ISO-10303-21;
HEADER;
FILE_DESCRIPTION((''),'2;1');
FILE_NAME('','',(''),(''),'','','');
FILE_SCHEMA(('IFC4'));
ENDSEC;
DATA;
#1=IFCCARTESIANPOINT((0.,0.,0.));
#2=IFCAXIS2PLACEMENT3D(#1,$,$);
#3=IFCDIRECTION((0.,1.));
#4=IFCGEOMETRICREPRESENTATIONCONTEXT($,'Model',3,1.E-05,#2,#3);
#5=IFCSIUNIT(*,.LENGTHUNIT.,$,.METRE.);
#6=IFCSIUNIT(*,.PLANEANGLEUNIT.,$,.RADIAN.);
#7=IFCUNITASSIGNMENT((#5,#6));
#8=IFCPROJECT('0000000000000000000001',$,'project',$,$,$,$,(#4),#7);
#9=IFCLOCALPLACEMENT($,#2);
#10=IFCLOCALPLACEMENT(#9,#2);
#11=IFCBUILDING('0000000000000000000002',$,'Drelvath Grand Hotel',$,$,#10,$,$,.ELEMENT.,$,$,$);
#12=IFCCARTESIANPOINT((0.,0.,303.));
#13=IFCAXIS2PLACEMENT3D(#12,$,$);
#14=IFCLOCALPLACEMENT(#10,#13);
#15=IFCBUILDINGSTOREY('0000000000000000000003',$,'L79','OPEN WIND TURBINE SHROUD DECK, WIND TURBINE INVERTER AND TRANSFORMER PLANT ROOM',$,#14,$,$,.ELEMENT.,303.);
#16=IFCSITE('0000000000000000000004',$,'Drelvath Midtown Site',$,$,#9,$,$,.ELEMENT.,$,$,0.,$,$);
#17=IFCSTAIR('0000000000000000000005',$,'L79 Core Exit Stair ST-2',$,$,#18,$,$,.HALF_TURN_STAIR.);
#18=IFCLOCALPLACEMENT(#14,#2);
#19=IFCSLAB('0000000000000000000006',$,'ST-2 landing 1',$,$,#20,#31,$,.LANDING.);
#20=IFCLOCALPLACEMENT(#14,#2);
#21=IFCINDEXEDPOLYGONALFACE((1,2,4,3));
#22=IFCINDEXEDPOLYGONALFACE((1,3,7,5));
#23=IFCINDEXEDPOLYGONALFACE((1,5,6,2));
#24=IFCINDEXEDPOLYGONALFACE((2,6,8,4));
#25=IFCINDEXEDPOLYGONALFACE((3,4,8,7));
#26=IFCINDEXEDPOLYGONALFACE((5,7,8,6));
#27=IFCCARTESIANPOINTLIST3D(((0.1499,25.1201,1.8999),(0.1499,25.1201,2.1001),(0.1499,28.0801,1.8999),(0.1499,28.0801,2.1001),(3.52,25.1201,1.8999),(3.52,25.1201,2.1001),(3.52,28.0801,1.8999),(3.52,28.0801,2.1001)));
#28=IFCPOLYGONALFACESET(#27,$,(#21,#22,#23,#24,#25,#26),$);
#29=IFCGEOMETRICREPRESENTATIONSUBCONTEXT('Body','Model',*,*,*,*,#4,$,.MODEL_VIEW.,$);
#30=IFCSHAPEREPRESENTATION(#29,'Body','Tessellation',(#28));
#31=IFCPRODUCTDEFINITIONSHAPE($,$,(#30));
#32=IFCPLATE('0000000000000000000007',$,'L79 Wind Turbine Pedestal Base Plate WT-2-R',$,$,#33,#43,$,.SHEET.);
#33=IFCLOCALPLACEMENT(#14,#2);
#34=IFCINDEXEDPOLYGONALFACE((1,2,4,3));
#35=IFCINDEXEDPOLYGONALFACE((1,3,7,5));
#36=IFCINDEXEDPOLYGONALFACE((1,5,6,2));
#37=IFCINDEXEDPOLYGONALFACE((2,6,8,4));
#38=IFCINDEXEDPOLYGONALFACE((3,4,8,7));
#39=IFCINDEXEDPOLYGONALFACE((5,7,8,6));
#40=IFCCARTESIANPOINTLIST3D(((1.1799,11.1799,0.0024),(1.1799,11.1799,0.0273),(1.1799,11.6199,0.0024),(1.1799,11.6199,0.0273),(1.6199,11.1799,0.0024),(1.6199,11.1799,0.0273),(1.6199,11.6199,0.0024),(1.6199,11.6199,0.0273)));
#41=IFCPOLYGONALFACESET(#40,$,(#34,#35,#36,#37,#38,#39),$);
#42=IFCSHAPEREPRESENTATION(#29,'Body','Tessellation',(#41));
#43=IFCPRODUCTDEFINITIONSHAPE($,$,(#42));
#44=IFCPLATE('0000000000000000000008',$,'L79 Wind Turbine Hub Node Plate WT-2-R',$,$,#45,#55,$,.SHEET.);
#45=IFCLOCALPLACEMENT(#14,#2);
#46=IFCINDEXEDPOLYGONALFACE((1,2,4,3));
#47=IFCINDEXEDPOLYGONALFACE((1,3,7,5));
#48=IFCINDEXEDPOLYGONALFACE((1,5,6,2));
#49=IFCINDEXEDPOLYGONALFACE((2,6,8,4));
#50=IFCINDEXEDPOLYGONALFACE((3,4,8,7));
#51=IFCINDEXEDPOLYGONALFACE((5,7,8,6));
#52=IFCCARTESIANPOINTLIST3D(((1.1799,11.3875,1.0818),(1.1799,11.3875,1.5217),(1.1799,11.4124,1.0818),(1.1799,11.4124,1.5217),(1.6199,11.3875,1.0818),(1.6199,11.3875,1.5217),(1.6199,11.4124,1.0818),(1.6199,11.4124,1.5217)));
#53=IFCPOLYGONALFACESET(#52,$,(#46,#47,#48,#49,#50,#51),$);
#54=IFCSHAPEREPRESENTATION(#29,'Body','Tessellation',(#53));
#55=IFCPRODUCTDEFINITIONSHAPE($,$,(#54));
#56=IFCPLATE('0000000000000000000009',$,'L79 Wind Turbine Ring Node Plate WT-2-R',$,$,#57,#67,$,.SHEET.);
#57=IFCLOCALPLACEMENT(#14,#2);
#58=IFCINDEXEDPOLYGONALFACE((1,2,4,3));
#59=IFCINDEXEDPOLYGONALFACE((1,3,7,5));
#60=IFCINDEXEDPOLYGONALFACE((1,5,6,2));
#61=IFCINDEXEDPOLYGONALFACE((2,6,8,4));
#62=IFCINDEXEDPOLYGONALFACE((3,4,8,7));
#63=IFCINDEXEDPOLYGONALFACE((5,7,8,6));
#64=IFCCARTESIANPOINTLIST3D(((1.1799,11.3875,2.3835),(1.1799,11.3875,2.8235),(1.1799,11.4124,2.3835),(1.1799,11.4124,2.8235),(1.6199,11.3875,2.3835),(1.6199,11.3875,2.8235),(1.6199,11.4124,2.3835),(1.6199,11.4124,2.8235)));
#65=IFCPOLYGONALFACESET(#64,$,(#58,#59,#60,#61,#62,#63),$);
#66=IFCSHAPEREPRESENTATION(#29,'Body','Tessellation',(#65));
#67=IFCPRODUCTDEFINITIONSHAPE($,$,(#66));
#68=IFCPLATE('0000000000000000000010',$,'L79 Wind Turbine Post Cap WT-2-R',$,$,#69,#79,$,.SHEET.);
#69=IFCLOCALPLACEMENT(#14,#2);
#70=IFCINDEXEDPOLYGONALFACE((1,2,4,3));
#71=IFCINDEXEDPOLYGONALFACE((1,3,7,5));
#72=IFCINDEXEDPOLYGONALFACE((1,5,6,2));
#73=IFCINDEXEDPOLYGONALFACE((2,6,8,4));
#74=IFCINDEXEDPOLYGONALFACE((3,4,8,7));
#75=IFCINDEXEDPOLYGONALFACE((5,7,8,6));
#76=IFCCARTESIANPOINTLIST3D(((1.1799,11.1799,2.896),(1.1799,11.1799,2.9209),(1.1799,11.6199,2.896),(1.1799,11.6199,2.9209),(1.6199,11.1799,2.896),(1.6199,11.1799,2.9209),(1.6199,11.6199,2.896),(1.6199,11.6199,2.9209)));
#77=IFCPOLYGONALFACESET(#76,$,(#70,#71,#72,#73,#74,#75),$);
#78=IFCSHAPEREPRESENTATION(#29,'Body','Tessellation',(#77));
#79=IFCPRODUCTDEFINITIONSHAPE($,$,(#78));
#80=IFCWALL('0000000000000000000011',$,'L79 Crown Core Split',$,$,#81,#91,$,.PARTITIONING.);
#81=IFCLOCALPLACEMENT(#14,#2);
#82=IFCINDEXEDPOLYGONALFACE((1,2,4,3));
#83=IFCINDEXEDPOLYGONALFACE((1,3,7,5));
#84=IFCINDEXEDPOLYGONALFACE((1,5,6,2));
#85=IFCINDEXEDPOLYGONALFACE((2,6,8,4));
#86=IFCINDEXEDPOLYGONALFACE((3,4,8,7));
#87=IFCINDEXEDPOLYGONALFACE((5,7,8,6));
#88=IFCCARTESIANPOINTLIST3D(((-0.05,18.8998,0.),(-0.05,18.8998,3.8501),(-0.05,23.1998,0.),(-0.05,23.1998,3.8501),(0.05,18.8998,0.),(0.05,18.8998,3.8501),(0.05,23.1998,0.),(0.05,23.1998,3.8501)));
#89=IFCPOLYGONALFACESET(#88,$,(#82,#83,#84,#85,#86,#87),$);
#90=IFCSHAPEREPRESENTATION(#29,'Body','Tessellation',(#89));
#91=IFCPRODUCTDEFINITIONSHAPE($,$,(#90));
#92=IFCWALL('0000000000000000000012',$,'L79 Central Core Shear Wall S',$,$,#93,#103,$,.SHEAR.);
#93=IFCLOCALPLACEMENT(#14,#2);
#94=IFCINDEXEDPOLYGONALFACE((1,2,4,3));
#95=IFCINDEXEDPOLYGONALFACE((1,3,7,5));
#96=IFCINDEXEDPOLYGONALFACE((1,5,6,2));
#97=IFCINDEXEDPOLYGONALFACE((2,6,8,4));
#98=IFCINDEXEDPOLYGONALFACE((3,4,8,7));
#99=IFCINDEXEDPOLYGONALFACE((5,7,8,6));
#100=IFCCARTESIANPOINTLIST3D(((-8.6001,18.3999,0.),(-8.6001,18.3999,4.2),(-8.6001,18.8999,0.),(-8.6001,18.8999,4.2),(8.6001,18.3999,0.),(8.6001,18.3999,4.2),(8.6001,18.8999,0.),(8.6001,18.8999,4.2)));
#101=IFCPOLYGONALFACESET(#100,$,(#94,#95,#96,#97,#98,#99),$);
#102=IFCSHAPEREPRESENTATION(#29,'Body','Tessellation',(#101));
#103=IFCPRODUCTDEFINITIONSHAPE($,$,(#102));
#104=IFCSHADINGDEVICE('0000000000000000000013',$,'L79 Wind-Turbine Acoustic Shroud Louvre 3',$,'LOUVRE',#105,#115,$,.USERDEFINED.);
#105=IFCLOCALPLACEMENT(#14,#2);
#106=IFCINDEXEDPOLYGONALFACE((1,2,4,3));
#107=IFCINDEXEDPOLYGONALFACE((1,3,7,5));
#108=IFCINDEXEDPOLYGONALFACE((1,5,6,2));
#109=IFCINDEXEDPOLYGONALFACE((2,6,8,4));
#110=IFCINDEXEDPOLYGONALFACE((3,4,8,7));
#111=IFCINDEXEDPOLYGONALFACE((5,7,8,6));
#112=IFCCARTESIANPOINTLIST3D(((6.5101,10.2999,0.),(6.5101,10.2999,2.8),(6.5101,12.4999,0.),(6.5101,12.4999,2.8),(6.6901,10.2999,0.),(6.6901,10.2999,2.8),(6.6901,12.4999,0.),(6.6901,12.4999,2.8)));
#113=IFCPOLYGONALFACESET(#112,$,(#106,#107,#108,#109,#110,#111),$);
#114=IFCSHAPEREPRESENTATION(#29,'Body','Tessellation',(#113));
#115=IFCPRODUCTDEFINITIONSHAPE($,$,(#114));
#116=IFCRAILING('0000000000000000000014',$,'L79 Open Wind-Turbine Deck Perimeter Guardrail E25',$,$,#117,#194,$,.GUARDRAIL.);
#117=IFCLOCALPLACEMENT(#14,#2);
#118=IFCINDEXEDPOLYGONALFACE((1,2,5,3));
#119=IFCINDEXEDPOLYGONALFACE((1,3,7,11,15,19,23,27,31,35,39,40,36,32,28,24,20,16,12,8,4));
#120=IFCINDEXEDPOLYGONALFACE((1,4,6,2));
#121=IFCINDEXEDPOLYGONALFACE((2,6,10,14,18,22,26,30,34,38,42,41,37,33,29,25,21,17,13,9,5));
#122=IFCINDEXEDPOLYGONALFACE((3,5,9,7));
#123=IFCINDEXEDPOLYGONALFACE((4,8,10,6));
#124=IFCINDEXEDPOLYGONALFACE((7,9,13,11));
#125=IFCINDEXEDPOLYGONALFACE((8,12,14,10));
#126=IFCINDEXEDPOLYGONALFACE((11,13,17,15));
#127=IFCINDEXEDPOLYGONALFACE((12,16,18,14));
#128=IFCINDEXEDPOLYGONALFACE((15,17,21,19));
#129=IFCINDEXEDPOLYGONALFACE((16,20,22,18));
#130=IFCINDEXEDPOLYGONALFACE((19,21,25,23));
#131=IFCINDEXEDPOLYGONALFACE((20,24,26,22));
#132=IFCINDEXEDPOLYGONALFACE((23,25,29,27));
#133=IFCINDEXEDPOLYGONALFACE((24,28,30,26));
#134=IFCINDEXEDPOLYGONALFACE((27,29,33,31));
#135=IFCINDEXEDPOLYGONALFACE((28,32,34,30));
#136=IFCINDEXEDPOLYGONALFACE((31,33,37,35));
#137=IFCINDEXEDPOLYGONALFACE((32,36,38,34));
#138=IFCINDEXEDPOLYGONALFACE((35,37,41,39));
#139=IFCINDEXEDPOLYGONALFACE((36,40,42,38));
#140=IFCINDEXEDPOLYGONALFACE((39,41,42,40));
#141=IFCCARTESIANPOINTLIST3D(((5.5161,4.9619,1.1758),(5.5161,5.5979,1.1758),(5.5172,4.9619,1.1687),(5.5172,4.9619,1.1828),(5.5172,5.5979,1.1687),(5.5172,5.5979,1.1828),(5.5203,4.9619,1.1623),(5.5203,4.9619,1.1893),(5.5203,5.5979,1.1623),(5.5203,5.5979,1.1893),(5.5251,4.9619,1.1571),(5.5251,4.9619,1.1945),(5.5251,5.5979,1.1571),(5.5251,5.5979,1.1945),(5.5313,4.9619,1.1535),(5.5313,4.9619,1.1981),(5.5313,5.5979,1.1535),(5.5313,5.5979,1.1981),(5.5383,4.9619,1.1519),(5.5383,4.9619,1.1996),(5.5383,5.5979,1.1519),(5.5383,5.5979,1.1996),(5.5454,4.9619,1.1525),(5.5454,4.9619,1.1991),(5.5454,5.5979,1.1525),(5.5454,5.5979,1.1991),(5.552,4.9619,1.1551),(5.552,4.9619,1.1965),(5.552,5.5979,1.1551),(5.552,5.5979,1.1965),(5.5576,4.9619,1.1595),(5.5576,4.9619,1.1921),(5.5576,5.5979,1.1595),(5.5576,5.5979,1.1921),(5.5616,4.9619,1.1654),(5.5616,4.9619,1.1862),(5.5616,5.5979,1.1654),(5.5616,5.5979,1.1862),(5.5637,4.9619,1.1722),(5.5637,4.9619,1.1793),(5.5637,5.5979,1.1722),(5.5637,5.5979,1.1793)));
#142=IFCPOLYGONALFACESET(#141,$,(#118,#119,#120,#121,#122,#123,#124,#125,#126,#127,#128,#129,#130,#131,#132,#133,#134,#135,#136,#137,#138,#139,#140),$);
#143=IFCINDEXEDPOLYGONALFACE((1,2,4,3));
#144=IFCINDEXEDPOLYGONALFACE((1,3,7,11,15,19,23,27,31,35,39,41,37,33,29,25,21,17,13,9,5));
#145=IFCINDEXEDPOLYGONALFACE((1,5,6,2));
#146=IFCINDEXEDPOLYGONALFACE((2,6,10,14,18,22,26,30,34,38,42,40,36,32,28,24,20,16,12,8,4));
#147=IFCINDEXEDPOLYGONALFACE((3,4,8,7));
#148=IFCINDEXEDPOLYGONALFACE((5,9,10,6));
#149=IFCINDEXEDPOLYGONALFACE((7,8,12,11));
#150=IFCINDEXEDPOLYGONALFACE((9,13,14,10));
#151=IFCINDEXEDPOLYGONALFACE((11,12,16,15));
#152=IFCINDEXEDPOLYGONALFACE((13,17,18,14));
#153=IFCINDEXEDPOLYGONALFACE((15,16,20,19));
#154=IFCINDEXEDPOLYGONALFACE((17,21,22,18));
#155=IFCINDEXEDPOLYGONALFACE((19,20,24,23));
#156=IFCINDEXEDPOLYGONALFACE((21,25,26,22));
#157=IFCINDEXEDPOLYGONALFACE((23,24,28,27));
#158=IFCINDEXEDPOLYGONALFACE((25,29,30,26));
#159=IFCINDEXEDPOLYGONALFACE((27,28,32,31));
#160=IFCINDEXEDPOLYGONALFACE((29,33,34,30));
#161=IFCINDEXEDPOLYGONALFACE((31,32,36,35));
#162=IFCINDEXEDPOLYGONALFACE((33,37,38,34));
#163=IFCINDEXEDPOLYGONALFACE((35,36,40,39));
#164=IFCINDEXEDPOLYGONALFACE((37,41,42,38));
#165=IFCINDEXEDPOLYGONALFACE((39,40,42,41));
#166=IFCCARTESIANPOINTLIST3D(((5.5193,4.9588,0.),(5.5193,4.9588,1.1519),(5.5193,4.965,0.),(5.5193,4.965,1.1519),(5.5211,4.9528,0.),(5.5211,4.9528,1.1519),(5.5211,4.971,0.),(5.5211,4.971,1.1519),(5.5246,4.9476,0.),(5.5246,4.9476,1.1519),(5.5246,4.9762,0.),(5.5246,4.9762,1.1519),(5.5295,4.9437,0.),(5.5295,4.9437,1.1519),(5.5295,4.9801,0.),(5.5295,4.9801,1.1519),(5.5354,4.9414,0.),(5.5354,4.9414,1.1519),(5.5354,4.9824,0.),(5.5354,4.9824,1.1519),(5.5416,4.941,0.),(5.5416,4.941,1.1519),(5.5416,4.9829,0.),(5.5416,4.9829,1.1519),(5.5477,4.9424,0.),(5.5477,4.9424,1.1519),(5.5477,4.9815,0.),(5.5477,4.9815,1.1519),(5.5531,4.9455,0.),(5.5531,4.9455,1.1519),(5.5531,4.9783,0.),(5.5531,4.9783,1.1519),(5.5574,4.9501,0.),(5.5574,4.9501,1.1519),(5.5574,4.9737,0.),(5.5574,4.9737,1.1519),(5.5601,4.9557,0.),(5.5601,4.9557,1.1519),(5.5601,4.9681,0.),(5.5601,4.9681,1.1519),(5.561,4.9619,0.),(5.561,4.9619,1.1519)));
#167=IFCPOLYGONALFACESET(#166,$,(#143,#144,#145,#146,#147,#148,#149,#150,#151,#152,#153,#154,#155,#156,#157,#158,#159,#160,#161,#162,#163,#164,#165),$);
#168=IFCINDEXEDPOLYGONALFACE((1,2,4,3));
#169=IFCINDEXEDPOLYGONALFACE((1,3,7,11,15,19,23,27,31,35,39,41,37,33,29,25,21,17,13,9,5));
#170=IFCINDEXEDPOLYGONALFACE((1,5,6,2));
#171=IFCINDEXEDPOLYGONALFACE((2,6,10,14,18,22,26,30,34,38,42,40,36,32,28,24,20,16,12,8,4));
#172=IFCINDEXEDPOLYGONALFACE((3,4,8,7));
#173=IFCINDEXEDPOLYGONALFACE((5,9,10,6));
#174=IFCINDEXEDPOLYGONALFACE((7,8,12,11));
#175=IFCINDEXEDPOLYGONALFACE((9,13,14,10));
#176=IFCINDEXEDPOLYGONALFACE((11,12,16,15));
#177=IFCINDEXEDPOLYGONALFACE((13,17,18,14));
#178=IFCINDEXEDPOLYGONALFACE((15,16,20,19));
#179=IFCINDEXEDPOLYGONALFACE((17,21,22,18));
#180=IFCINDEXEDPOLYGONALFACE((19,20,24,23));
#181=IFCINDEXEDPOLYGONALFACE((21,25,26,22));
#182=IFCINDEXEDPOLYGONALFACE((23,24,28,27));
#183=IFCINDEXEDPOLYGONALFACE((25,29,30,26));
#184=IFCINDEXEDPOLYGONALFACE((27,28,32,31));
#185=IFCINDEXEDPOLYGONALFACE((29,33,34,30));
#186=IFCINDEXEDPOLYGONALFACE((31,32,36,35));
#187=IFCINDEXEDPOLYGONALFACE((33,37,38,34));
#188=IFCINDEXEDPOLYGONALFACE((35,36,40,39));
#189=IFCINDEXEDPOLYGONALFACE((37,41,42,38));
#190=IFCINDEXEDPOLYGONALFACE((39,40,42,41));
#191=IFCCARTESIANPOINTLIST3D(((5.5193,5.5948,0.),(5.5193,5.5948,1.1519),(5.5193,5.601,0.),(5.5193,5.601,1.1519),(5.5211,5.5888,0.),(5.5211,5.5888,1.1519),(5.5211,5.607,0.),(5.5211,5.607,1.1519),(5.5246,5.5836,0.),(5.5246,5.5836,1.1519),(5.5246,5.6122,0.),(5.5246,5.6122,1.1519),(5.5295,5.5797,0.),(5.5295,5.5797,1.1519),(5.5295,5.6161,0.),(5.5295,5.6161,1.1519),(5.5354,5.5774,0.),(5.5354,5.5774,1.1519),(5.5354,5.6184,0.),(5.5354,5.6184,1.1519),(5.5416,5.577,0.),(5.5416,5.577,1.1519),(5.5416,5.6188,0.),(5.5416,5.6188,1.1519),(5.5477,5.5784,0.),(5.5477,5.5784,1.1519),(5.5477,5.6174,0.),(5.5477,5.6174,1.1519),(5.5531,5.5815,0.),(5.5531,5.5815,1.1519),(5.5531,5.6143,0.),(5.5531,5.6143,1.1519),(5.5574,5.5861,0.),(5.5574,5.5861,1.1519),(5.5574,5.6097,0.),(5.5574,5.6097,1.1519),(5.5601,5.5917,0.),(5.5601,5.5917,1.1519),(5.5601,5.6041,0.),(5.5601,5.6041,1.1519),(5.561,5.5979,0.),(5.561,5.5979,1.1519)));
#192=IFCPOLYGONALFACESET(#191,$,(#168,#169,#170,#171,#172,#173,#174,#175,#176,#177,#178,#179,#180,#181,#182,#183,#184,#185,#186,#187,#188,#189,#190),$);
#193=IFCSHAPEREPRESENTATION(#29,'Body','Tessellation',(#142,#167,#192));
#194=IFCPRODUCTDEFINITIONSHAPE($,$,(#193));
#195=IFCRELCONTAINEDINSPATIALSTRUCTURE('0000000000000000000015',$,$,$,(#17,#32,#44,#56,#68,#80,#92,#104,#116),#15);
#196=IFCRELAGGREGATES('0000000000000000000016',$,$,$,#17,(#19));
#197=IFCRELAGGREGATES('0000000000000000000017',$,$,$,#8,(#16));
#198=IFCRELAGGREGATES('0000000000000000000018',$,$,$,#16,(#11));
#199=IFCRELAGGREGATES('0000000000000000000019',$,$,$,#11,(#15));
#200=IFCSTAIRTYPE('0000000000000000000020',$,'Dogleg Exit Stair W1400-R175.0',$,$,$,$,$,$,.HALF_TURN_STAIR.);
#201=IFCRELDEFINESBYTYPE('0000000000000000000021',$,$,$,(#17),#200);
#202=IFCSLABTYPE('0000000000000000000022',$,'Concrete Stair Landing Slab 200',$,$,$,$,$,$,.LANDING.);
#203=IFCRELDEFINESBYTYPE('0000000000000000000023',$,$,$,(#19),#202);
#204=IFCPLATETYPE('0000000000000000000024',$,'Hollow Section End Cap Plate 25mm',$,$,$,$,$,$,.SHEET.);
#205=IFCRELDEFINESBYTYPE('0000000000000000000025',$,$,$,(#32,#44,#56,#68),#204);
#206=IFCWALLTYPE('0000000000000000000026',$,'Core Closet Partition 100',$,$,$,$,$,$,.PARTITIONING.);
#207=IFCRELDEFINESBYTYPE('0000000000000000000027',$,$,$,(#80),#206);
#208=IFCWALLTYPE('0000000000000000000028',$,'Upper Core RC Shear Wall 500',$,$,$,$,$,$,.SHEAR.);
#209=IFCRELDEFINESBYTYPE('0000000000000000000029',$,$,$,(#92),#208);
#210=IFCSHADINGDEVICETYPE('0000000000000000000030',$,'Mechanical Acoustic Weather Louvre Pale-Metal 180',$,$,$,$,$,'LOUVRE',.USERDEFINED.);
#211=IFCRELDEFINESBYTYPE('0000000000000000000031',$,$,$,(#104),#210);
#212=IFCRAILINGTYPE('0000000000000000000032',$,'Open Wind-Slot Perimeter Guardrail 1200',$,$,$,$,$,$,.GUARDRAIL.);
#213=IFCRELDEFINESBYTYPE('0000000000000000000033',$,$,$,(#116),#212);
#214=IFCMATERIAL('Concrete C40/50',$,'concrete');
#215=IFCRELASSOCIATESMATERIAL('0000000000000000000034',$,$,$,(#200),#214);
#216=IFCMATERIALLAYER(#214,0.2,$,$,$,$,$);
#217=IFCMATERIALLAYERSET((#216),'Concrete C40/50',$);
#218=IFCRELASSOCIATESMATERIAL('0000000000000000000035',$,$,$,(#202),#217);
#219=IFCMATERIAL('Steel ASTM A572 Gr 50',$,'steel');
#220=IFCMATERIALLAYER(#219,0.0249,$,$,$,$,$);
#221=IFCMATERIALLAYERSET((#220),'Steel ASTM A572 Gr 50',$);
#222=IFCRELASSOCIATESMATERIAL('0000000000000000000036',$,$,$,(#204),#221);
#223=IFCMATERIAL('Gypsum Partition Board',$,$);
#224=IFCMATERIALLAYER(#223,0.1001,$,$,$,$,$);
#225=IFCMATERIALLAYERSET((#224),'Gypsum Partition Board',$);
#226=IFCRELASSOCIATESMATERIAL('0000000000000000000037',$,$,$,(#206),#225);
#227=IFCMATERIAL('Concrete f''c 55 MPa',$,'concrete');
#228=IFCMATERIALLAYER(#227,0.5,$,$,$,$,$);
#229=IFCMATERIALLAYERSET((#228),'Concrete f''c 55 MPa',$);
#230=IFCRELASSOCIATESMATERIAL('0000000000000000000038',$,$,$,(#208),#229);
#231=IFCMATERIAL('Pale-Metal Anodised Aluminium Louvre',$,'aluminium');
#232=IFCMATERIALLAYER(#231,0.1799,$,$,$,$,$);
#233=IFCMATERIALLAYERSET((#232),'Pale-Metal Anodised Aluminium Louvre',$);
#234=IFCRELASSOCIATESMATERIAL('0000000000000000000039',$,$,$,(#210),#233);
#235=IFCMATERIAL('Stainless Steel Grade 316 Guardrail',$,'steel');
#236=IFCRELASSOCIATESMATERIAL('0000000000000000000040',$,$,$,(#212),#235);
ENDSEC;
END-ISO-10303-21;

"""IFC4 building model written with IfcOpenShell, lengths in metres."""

from ifc_helpers import new_model, si_unit, direction, frame, frame_2d, origin, origin_2d, place, context, subcontext, project, spatial, polyline, rectangle, circle, outline, extrude, material, layer, layer_set, type_object, element, aggregate, save


model = new_model("IFC4")

# Units and contexts
model_context = context("Model", 3, precision=1e-05, world=origin(), true_north=direction((0.0, 1.0)))
body_context = subcontext(model_context, "Body", "Model", "MODEL_VIEW")
ifc_project = project(units=[si_unit("LENGTHUNIT", "METRE"), si_unit("PLANEANGLEUNIT", "RADIAN")], contexts=[model_context])

# Site, building, storey
site_placement = place(None, origin())
site = spatial("IfcSite", under=ifc_project, at=site_placement, Name="Drelvath Midtown Site", CompositionType="ELEMENT", RefElevation=0.0)
building_placement = place(site_placement, origin())
building = spatial("IfcBuilding", under=site, at=building_placement, Name="Drelvath Grand Hotel", CompositionType="ELEMENT")
storey_placement = place(building_placement, frame((0.0, 0.0, 303.0)))
storey = spatial("IfcBuildingStorey", under=building, at=storey_placement, Name="L79", Description="OPEN WIND TURBINE SHROUD DECK, WIND TURBINE INVERTER AND TRANSFORMER PLANT ROOM", CompositionType="ELEMENT", Elevation=303.0)

# Stair, slab
ifc_material_1 = material(Name="Concrete C40/50", Category="concrete")
stair_type = type_object("IfcStairType", Name="Dogleg Exit Stair W1400-R175.0", PredefinedType="HALF_TURN_STAIR", material=ifc_material_1)
ifc_layer_1 = layer(ifc_material_1, 0.2)
ifc_layer_set_1 = layer_set([ifc_layer_1], Name="Concrete C40/50")
slab_type_1 = type_object("IfcSlabType", Name="Concrete Stair Landing Slab 200", PredefinedType="LANDING", material=ifc_layer_set_1)
stair_1_placement = place(storey_placement, origin())
stair_1 = element("IfcStair", 1, at=stair_1_placement, inside=storey, type_object=stair_type, Name="L79 Core Exit Stair ST-2", PredefinedType="HALF_TURN_STAIR")
slab_1_placement = place(storey_placement, frame((0.0, 0.0, 1.8999)))
slab_1 = element("IfcSlab", 2, at=slab_1_placement, type_object=slab_type_1, Name="ST-2 landing 1", PredefinedType="LANDING", context=body_context, shape_type="SweptSolid", body=[
    extrude(outline(polyline([(3.52, 28.0801), (0.1499, 28.0801), (0.1499, 25.1201), (3.52, 25.1201), (3.52, 28.0801)])), origin(), (0.0, 0.0, 1.0), 0.2002),
])
aggregate(stair_1, [slab_1])

# Plates
ifc_material_2 = material(Name="Steel ASTM A572 Gr 50", Category="steel")
ifc_layer_2 = layer(ifc_material_2, 0.0249)
ifc_layer_set_2 = layer_set([ifc_layer_2], Name="Steel ASTM A572 Gr 50")
plate_type = type_object("IfcPlateType", Name="Hollow Section End Cap Plate 25mm", PredefinedType="SHEET", material=ifc_layer_set_2)
plate_1_placement = place(storey_placement, frame((1.3999, 11.3999, 0.0024), z_axis=(0.0, 0.0, 1.0), x_axis=(1.0, 0.0, 0.0)))
element("IfcPlate", 3, at=plate_1_placement, inside=storey, type_object=plate_type, Name="L79 Wind Turbine Pedestal Base Plate WT-2-R", PredefinedType="SHEET", context=body_context, shape_type="SweptSolid", body=[
    extrude(rectangle(XDim=0.4399, YDim=0.4399, at=origin_2d()), origin(), (0.0, 0.0, 1.0), 0.0249),
])
for number, where, z_axis, x_axis, name in (
    (4, (1.3999, 11.3999, 1.0818), (0.0, 0.0, 1.0), (1.0, 0.0, 0.0), "L79 Wind Turbine Hub Node Plate WT-2-R"),
    (5, (1.3999, 11.3999, 2.3835), (0.0, 0.0, 1.0), (1.0, 0.0, 0.0), "L79 Wind Turbine Ring Node Plate WT-2-R"),
):
    element("IfcPlate", number, at=place(storey_placement, frame(where, z_axis=z_axis, x_axis=x_axis)), inside=storey, type_object=plate_type, Name=name, PredefinedType="SHEET", context=body_context, shape_type="SweptSolid", body=[
        extrude(rectangle(XDim=0.4399, YDim=0.0249, at=origin_2d()), origin(), (0.0, 0.0, 1.0), 0.4399),
    ])
plate_2_placement = place(storey_placement, frame((1.3999, 11.3999, 2.896), z_axis=(0.0, 0.0, 1.0), x_axis=(1.0, 0.0, 0.0)))
element("IfcPlate", 6, at=plate_2_placement, inside=storey, type_object=plate_type, Name="L79 Wind Turbine Post Cap WT-2-R", PredefinedType="SHEET", context=body_context, shape_type="SweptSolid", body=[
    extrude(rectangle(XDim=0.4399, YDim=0.4399, at=origin_2d()), origin(), (0.0, 0.0, 1.0), 0.0249),
])

# Walls
ifc_material_3 = material(Name="Gypsum Partition Board")
ifc_layer_3 = layer(ifc_material_3, 0.1001)
ifc_layer_set_3 = layer_set([ifc_layer_3], Name="Gypsum Partition Board")
wall_type_1 = type_object("IfcWallType", Name="Core Closet Partition 100", PredefinedType="PARTITIONING", material=ifc_layer_set_3)
wall_1_placement = place(storey_placement, frame((0.0, 18.8999, 0.0), z_axis=(0.0, 0.0, 1.0), x_axis=(0.0, 1.0, 0.0)))
element("IfcWall", 7, at=wall_1_placement, inside=storey, type_object=wall_type_1, Name="L79 Crown Core Split", PredefinedType="PARTITIONING", context=body_context, shape_type="SweptSolid", body=[
    extrude(rectangle(XDim=4.3, YDim=0.1001, at=frame_2d((2.1499, 0.0))), origin(), (0.0, 0.0, 1.0), 3.8501),
])
ifc_material_4 = material(Name="Concrete f'c 55 MPa", Category="concrete")
ifc_layer_4 = layer(ifc_material_4, 0.5)
ifc_layer_set_4 = layer_set([ifc_layer_4], Name="Concrete f'c 55 MPa")
wall_type_2 = type_object("IfcWallType", Name="Upper Core RC Shear Wall 500", PredefinedType="SHEAR", material=ifc_layer_set_4)
wall_2_placement = place(storey_placement, frame((8.6001, 18.6499, 0.0), z_axis=(0.0, 0.0, 1.0), x_axis=(-1.0, 0.0, 0.0)))
element("IfcWall", 8, at=wall_2_placement, inside=storey, type_object=wall_type_2, Name="L79 Central Core Shear Wall S", PredefinedType="SHEAR", context=body_context, shape_type="SweptSolid", body=[
    extrude(rectangle(XDim=17.2002, YDim=0.5, at=frame_2d((8.6001, 0.0))), origin(), (0.0, 0.0, 1.0), 4.2),
])

# Shading device
ifc_material_5 = material(Name="Pale-Metal Anodised Aluminium Louvre", Category="aluminium")
ifc_layer_5 = layer(ifc_material_5, 0.1799)
ifc_layer_set_5 = layer_set([ifc_layer_5], Name="Pale-Metal Anodised Aluminium Louvre")
shading_device_type = type_object("IfcShadingDeviceType", Name="Mechanical Acoustic Weather Louvre Pale-Metal 180", ElementType="LOUVRE", PredefinedType="USERDEFINED", material=ifc_layer_set_5)
shading_device_placement = place(storey_placement, frame((6.6001, 11.3999, 0.0), z_axis=(0.0, 0.0, 1.0), x_axis=(1.0, 0.0, 0.0)))
element("IfcShadingDevice", 9, at=shading_device_placement, inside=storey, type_object=shading_device_type, Name="L79 Wind-Turbine Acoustic Shroud Louvre 3", ObjectType="LOUVRE", PredefinedType="USERDEFINED", context=body_context, shape_type="SweptSolid", body=[
    extrude(rectangle(XDim=0.1799, YDim=2.2, at=origin_2d()), origin(), (0.0, 0.0, 1.0), 2.8),
])

# Railing
ifc_material_6 = material(Name="Stainless Steel Grade 316 Guardrail", Category="steel")
railing_type = type_object("IfcRailingType", Name="Open Wind-Slot Perimeter Guardrail 1200", PredefinedType="GUARDRAIL", material=ifc_material_6)
railing_1_placement = place(storey_placement, frame((5.54, 4.9619, 0.0)))
element("IfcRailing", 10, at=railing_1_placement, inside=storey, type_object=railing_type, Name="L79 Open Wind-Turbine Deck Perimeter Guardrail E25", PredefinedType="GUARDRAIL", context=body_context, shape_type="SweptSolid", body=[
    extrude(circle(Radius=0.0239, at=origin_2d()), frame((0.0, 0.0, 1.1758), z_axis=(0.0, 1.0, 0.0), x_axis=(-1.0, 0.0, 0.0)), (0.0, 0.0, 1.0), 0.636),
    extrude(circle(Radius=0.021, at=origin_2d()), origin(), (0.0, 0.0, 1.0), 1.1519),
    extrude(circle(Radius=0.021, at=origin_2d()), frame((0.0, 0.636, 0.0)), (0.0, 0.0, 1.0), 1.1519),
])

save(model, "model.ifc")
